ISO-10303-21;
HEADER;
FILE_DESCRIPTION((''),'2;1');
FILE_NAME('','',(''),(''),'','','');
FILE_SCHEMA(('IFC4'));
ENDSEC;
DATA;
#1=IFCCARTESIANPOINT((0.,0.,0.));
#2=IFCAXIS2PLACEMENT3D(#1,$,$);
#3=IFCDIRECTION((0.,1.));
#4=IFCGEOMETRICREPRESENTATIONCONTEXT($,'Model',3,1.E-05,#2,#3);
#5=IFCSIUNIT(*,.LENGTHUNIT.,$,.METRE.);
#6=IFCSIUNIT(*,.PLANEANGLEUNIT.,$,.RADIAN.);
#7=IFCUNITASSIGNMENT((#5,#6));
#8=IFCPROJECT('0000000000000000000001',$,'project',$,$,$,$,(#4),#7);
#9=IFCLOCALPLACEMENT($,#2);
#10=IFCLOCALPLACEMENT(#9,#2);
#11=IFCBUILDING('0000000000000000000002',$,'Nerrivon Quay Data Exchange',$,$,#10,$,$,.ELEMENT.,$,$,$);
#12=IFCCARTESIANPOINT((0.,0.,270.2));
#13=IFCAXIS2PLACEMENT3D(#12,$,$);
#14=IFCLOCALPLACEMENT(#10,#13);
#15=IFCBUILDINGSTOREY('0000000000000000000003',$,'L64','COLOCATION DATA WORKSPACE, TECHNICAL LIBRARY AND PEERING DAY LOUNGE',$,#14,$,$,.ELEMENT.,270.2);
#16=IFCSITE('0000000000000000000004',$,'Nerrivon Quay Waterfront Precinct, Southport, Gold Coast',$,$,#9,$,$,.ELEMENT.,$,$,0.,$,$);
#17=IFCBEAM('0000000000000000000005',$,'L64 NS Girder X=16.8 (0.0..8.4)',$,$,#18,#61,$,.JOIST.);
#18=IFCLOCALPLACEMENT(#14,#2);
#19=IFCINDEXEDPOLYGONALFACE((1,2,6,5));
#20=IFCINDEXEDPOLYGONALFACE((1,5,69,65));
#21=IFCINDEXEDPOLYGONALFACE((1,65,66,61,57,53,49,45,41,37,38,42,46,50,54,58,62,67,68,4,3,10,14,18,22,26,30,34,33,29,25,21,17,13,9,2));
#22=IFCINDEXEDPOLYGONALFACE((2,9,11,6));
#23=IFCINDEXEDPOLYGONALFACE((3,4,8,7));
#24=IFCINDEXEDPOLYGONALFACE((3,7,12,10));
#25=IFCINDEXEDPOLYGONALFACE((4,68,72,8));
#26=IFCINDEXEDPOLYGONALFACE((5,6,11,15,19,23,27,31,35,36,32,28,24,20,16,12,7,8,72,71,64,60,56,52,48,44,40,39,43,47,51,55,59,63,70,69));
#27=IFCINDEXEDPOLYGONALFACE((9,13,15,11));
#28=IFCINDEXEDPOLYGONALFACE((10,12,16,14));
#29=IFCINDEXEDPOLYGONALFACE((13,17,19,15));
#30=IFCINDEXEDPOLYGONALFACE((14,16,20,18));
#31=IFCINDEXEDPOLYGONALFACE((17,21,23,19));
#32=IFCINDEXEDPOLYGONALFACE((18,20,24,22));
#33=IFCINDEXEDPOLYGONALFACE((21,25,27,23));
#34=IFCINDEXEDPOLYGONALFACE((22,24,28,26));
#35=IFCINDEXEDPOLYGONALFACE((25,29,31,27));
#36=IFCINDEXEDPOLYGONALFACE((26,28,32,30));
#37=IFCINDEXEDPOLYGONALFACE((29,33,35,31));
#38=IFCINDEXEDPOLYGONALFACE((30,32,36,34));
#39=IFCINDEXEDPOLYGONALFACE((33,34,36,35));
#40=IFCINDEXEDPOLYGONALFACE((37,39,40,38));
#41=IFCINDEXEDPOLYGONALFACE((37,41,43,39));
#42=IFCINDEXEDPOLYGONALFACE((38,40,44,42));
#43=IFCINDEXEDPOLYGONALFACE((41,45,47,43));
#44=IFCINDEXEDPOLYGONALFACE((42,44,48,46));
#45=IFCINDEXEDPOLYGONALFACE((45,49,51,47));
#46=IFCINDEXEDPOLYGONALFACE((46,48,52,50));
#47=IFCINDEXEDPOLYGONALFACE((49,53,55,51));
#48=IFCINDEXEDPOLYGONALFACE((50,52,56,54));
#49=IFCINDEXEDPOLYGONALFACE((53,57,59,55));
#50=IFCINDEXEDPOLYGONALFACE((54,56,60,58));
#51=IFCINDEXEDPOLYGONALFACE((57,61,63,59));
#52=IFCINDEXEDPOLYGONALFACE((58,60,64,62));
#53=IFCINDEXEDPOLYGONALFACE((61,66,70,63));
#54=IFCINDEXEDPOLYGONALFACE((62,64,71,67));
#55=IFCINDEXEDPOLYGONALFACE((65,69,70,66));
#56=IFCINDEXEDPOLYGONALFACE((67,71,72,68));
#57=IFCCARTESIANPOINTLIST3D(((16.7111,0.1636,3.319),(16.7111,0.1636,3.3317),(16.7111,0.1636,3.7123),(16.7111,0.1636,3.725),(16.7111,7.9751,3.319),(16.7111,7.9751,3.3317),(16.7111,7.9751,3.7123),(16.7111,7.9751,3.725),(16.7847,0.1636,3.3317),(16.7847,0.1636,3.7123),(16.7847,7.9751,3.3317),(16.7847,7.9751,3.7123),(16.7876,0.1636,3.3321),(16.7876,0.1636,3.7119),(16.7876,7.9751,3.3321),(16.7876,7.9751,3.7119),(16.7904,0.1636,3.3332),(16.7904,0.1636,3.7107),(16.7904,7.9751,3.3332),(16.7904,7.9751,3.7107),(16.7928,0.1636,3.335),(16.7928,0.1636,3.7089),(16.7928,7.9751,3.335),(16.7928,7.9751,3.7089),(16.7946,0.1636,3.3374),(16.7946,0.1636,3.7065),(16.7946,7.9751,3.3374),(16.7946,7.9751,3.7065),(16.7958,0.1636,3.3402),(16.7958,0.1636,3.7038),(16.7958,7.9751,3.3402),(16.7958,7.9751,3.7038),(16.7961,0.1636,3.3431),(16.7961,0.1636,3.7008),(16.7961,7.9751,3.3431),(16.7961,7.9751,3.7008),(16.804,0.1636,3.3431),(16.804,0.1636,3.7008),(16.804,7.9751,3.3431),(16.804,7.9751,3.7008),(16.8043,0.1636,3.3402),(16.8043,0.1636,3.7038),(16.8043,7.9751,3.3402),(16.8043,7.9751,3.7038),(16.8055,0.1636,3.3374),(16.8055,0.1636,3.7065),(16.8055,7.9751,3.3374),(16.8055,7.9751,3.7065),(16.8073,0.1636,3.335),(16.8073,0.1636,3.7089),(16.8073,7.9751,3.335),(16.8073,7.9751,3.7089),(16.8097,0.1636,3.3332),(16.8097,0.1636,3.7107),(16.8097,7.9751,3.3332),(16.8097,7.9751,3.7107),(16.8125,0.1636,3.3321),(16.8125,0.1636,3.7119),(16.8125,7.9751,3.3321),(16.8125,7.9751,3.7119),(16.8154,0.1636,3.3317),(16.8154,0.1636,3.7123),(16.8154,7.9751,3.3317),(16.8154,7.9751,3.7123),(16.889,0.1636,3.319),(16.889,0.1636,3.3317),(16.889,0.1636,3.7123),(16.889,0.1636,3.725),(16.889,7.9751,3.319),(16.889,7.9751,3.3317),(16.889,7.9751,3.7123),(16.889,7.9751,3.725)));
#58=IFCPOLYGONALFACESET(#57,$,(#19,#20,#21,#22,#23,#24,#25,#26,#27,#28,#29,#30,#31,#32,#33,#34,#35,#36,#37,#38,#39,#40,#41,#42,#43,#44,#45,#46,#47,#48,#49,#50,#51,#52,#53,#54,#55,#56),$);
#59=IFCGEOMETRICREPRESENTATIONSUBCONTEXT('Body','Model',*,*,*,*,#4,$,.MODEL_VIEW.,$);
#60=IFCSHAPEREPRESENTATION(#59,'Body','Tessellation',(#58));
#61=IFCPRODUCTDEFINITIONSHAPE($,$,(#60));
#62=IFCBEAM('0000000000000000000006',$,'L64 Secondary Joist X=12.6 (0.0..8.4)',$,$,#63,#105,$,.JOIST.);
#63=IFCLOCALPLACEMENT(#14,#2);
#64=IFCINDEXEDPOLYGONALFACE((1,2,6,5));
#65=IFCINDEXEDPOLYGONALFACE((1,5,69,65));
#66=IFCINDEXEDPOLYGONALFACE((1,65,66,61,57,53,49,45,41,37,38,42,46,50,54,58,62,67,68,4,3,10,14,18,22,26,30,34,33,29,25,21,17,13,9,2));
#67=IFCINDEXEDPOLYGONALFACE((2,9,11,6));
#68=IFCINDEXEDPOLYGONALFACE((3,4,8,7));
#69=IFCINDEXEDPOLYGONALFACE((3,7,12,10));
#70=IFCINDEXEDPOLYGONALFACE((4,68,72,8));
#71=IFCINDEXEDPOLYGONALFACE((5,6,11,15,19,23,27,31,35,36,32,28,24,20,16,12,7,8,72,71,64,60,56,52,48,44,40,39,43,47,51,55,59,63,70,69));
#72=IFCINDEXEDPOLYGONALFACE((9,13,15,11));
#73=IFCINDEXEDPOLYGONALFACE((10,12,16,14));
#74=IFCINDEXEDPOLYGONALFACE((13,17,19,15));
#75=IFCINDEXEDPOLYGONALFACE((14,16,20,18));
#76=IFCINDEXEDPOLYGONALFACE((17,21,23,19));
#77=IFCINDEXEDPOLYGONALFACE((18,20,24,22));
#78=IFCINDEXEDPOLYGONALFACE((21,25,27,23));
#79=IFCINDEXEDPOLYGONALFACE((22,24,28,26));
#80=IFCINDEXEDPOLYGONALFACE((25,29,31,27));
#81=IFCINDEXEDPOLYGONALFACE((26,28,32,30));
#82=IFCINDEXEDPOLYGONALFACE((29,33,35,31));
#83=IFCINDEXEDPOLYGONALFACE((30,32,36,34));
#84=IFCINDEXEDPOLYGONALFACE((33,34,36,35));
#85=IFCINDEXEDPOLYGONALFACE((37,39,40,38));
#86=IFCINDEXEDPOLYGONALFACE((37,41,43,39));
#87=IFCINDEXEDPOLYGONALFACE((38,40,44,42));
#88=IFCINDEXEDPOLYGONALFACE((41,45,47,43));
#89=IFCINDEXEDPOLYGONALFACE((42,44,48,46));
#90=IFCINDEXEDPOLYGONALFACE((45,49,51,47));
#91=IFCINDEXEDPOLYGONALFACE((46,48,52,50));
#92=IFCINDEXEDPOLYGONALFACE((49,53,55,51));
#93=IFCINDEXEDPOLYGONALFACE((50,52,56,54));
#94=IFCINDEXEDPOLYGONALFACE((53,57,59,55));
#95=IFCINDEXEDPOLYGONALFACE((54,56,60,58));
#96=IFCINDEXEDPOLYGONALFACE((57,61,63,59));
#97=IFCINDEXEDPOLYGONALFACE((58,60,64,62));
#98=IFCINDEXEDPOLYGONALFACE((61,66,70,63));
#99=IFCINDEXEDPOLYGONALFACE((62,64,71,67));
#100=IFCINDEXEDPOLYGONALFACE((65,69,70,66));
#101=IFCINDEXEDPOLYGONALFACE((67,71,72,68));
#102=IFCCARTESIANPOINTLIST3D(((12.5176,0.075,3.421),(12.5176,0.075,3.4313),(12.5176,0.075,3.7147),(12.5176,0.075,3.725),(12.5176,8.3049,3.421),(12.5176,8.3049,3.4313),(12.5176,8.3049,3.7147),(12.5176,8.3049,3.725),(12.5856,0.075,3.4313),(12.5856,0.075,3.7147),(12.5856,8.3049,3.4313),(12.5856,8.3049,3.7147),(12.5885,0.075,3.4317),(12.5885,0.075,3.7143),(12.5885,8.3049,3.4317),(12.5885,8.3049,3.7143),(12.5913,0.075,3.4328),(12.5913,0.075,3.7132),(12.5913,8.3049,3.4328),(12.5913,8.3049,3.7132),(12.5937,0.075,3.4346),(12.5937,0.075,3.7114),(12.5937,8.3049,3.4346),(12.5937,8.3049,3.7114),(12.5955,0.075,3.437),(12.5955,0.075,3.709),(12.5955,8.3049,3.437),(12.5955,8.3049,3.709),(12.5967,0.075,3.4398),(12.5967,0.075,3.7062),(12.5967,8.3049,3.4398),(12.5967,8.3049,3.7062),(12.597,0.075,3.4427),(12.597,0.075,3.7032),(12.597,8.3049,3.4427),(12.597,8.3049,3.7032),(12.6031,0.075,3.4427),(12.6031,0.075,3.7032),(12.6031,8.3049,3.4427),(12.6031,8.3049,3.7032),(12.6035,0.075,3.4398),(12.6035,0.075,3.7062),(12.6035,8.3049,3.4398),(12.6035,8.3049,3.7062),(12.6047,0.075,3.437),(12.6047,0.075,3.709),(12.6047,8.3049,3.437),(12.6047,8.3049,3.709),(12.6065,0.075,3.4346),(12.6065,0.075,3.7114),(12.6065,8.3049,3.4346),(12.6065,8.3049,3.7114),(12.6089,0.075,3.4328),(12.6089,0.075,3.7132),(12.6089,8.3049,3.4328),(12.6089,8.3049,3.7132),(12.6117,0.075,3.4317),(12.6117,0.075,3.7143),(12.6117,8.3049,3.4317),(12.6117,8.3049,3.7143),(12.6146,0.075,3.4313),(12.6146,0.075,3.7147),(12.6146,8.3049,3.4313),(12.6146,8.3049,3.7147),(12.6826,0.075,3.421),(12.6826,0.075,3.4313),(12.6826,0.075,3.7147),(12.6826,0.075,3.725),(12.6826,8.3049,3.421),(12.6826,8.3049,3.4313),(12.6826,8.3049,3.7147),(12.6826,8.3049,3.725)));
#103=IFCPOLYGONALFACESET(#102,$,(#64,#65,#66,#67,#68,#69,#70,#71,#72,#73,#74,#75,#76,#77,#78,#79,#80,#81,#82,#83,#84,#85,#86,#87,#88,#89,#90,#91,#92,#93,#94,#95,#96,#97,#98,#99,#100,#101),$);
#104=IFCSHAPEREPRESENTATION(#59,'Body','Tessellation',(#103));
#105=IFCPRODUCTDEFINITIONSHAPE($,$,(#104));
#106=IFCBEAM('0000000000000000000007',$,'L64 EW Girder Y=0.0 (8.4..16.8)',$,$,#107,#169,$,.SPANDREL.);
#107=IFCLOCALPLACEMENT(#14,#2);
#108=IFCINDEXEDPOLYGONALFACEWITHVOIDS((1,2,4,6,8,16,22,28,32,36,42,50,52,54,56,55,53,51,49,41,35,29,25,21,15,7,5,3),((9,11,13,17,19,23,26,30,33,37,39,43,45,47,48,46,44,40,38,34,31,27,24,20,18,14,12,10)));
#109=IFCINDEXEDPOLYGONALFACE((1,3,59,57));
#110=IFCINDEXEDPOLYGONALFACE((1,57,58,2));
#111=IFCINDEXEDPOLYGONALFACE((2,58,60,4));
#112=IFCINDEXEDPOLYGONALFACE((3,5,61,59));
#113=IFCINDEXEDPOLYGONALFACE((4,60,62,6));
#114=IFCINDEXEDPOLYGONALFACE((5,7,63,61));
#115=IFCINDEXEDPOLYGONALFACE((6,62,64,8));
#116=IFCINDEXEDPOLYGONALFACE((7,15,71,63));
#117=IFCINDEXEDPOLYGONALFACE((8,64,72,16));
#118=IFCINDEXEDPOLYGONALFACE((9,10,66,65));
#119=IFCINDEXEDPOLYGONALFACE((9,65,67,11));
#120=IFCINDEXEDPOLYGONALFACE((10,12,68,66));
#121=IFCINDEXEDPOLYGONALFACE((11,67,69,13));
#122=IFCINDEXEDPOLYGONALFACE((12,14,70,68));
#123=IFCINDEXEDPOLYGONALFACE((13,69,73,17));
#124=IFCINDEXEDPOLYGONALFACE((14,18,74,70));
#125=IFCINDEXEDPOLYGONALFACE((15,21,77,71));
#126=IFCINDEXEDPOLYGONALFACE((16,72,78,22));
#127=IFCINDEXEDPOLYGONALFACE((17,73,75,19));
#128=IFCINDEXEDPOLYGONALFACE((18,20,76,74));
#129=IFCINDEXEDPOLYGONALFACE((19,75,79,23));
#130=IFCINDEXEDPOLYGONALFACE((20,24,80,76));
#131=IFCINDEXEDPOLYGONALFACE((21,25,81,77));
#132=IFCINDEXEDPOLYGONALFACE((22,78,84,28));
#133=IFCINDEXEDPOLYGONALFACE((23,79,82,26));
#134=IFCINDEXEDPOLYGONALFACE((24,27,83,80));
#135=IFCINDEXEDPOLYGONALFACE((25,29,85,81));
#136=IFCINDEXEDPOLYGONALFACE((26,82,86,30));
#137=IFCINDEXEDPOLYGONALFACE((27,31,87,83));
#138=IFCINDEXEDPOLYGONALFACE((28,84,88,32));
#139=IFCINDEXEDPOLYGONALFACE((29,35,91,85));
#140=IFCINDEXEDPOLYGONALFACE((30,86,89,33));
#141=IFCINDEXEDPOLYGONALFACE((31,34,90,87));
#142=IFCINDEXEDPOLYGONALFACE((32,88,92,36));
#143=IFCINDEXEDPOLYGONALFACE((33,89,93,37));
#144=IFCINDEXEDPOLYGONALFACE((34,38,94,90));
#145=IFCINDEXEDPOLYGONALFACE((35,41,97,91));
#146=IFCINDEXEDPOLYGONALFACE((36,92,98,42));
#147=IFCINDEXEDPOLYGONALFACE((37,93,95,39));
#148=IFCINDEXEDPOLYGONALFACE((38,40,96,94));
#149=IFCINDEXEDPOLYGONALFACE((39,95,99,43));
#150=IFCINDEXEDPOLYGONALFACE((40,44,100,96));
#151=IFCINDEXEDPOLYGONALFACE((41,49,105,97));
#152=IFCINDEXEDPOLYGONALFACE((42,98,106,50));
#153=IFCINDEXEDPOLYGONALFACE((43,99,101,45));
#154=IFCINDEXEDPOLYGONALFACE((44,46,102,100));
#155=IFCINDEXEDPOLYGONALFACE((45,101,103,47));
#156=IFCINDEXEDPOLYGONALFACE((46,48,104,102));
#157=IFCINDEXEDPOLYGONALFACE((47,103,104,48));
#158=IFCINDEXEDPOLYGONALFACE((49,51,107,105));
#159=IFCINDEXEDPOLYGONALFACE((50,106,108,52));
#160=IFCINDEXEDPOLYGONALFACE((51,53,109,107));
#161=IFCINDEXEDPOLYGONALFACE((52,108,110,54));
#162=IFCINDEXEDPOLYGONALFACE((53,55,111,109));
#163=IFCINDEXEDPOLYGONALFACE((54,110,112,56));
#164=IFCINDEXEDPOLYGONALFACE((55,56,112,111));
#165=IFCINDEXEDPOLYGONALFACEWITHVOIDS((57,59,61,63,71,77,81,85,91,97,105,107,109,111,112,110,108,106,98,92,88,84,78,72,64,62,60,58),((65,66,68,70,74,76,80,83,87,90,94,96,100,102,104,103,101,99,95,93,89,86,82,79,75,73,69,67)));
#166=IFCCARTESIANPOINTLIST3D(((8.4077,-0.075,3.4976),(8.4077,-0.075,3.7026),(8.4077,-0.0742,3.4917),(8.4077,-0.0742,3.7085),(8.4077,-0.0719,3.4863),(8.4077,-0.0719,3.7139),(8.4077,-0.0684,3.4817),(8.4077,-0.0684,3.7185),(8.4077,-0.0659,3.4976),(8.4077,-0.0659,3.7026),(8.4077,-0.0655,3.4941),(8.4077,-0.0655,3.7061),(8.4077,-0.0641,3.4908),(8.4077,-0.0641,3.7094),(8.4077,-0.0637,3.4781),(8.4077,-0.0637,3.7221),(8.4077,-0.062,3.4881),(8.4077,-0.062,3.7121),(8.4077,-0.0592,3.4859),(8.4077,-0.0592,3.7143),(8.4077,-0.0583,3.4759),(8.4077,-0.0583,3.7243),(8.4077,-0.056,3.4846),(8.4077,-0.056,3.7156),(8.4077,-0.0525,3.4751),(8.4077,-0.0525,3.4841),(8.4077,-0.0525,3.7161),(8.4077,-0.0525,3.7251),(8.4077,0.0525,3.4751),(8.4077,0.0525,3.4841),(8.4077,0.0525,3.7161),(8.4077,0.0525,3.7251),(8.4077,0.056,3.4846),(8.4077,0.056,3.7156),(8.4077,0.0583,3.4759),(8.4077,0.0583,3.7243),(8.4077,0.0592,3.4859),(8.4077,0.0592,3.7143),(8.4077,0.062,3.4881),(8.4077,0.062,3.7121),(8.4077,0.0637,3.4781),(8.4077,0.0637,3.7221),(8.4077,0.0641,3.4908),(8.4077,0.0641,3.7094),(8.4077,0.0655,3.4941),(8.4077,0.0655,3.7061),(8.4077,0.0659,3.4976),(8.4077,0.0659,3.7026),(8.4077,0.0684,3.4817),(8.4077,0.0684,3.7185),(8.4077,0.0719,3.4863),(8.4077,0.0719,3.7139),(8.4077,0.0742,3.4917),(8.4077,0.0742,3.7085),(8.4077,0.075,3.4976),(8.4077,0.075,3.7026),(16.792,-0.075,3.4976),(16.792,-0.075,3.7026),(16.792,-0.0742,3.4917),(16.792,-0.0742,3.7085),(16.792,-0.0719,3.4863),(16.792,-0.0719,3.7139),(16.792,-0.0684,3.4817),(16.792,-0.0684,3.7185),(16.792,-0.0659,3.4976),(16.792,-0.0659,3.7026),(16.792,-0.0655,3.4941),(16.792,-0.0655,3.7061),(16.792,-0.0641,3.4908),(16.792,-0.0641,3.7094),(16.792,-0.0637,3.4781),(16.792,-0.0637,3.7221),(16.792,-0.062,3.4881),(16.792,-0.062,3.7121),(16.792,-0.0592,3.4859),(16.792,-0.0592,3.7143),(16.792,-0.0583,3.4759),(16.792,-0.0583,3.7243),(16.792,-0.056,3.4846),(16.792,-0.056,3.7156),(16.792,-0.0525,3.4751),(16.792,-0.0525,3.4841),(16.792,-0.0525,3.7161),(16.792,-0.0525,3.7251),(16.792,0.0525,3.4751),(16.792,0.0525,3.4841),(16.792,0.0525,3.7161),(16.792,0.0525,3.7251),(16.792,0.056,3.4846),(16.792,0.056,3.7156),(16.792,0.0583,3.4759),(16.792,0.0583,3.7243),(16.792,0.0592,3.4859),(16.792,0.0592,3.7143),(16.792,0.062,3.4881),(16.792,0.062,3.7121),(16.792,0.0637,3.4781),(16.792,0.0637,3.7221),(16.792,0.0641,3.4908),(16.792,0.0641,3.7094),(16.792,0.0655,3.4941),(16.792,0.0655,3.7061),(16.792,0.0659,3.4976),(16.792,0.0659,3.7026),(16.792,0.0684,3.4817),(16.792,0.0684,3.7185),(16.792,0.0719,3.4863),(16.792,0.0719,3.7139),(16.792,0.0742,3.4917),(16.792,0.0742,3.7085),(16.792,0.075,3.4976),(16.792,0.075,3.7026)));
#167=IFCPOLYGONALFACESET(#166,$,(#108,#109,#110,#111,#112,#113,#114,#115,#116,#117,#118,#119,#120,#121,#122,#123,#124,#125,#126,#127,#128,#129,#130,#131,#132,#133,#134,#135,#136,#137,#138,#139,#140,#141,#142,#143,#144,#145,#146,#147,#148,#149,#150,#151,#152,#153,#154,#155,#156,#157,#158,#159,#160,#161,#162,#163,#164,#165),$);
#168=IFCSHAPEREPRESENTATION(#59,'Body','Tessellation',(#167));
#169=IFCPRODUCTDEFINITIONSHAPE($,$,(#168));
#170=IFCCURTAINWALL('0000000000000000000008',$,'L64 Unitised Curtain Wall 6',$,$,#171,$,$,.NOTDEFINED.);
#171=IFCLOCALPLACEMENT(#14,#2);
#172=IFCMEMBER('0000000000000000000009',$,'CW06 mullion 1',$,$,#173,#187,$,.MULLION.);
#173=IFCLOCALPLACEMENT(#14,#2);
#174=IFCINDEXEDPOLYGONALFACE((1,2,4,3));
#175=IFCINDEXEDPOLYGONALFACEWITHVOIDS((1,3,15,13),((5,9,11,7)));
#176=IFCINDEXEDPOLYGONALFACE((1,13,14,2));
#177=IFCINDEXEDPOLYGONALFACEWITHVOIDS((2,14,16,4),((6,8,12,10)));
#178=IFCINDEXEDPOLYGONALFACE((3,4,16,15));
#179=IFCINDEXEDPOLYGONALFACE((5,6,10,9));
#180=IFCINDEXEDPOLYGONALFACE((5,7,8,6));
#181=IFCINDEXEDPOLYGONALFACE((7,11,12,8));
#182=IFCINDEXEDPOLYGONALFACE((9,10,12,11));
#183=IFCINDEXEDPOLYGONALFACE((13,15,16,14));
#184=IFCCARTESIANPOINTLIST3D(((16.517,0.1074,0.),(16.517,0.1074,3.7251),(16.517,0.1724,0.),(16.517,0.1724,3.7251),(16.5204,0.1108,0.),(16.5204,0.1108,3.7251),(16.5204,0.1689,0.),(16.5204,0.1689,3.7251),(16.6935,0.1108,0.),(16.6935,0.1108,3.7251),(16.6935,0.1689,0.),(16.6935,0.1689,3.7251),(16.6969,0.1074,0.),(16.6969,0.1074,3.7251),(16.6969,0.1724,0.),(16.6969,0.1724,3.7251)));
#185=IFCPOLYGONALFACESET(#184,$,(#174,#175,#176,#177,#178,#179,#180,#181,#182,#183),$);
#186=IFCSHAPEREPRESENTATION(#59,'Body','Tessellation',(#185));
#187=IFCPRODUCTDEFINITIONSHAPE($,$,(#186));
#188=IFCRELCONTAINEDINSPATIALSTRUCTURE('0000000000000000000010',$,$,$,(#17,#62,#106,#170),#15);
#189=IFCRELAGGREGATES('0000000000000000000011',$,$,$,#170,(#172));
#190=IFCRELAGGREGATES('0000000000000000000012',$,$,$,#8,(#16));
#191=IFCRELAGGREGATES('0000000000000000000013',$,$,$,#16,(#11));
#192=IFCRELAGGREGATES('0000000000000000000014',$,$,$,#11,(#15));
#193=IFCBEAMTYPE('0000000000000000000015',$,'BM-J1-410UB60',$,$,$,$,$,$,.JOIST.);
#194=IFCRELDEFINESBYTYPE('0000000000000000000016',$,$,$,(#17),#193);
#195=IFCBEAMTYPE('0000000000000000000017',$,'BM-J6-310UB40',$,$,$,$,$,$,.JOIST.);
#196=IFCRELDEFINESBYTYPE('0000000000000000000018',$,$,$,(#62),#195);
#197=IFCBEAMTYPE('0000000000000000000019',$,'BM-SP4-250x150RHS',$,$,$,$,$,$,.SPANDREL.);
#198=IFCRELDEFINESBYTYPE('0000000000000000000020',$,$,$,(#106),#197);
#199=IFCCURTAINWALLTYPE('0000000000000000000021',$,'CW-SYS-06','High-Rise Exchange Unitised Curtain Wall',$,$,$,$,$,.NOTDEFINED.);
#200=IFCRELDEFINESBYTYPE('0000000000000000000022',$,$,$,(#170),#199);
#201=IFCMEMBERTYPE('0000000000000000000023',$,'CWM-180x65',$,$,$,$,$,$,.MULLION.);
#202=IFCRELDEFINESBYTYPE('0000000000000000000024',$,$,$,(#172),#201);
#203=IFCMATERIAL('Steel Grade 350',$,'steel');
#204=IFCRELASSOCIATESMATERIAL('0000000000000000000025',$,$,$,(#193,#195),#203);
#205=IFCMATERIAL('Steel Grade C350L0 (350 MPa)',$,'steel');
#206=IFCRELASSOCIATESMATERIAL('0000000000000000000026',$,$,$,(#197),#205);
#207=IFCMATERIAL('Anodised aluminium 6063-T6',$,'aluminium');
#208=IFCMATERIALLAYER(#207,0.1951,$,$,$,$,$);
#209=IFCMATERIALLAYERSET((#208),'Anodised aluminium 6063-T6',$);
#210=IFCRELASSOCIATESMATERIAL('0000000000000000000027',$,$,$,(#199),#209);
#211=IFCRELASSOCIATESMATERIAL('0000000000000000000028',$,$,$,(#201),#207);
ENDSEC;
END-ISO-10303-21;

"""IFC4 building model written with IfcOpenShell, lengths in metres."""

from ifc_helpers import new_model, si_unit, direction, frame, origin, origin_2d, place, context, subcontext, project, spatial, hollow_rectangle, i_section, extrude, material, layer, layer_set, material_profile, profile_set, type_object, element, aggregate, save


model = new_model("IFC4")

# Units and contexts
model_context = context("Model", 3, precision=1e-05, world=origin(), true_north=direction((0.0, 1.0)))
body_context = subcontext(model_context, "Body", "Model", "MODEL_VIEW")
ifc_project = project(units=[si_unit("LENGTHUNIT", "METRE"), si_unit("PLANEANGLEUNIT", "RADIAN")], contexts=[model_context])

# Site, building, storey
site_placement = place(None, origin())
site = spatial("IfcSite", under=ifc_project, at=site_placement, Name="Nerrivon Quay Waterfront Precinct, Southport, Gold Coast", CompositionType="ELEMENT", RefElevation=0.0)
building_placement = place(site_placement, origin())
building = spatial("IfcBuilding", under=site, at=building_placement, Name="Nerrivon Quay Data Exchange", CompositionType="ELEMENT")
storey_placement = place(building_placement, frame((0.0, 0.0, 270.2)))
storey = spatial("IfcBuildingStorey", under=building, at=storey_placement, Name="L64", Description="COLOCATION DATA WORKSPACE, TECHNICAL LIBRARY AND PEERING DAY LOUNGE", CompositionType="ELEMENT", Elevation=270.2)

# Shared definitions
ifc_material_1 = material(Name="Steel Grade 350", Category="steel")

# Beams
ifc_material_profile_1 = material_profile(ifc_material_1, i_section(OverallWidth=0.178, OverallDepth=0.406, WebThickness=0.0078, FlangeThickness=0.0127, FilletRadius=0.0115, at=origin_2d()), Name="410UB59.7")
ifc_profile_set_1 = profile_set([ifc_material_profile_1], Name="Steel Grade 350")
beam_type_1 = type_object("IfcBeamType", Name="BM-J1-410UB60", PredefinedType="JOIST", material=ifc_profile_set_1)
beam_1_placement = place(storey_placement, frame((16.8, 0.1636, 3.522), z_axis=(0.0, 1.0, 0.0), x_axis=(-1.0, 0.0, 0.0)))
element("IfcBeam", 1, at=beam_1_placement, inside=storey, type_object=beam_type_1, Name="L64 NS Girder X=16.8 (0.0..8.4)", PredefinedType="JOIST", context=body_context, shape_type="SweptSolid", body=[
    extrude(i_section(OverallWidth=0.178, OverallDepth=0.406, WebThickness=0.0078, FlangeThickness=0.0127, FilletRadius=0.0115, at=origin_2d()), origin(), (0.0, 0.0, 1.0), 7.8115),
])
ifc_material_profile_2 = material_profile(ifc_material_1, i_section(OverallWidth=0.165, OverallDepth=0.304, WebThickness=0.0061, FlangeThickness=0.0103, FilletRadius=0.0115, at=origin_2d()), Name="310UB40.4")
ifc_profile_set_2 = profile_set([ifc_material_profile_2], Name="Steel Grade 350")
beam_type_2 = type_object("IfcBeamType", Name="BM-J6-310UB40", PredefinedType="JOIST", material=ifc_profile_set_2)
beam_2_placement = place(storey_placement, frame((12.6001, 0.075, 3.573), z_axis=(0.0, 1.0, 0.0), x_axis=(-1.0, 0.0, 0.0)))
element("IfcBeam", 2, at=beam_2_placement, inside=storey, type_object=beam_type_2, Name="L64 Secondary Joist X=12.6 (0.0..8.4)", PredefinedType="JOIST", context=body_context, shape_type="SweptSolid", body=[
    extrude(i_section(OverallWidth=0.165, OverallDepth=0.304, WebThickness=0.0061, FlangeThickness=0.0103, FilletRadius=0.0115, at=origin_2d()), origin(), (0.0, 0.0, 1.0), 8.23),
])
ifc_material_2 = material(Name="Steel Grade C350L0 (350 MPa)", Category="steel")
ifc_material_profile_3 = material_profile(ifc_material_2, hollow_rectangle(XDim=0.1499, YDim=0.25, WallThickness=0.009, InnerFilletRadius=0.0134, OuterFilletRadius=0.0225, at=origin_2d()), Name="250x150x9.0RHS")
ifc_profile_set_3 = profile_set([ifc_material_profile_3], Name="Steel Grade C350L0 (350 MPa)")
beam_type_3 = type_object("IfcBeamType", Name="BM-SP4-250x150RHS", PredefinedType="SPANDREL", material=ifc_profile_set_3)
beam_3_placement = place(storey_placement, frame((8.4077, 0.0, 3.6001), z_axis=(1.0, 0.0, 0.0), x_axis=(0.0, 1.0, 0.0)))
element("IfcBeam", 3, at=beam_3_placement, inside=storey, type_object=beam_type_3, Name="L64 EW Girder Y=0.0 (8.4..16.8)", PredefinedType="SPANDREL", context=body_context, shape_type="SweptSolid", body=[
    extrude(hollow_rectangle(XDim=0.1499, YDim=0.25, WallThickness=0.009, InnerFilletRadius=0.0134, OuterFilletRadius=0.0225, at=origin_2d()), origin(), (0.0, 0.0, 1.0), 8.3843),
])

# Curtain wall, member
ifc_material_3 = material(Name="Anodised aluminium 6063-T6", Category="aluminium")
ifc_layer_1 = layer(ifc_material_3, 0.1951)
ifc_layer_set_1 = layer_set([ifc_layer_1], Name="Anodised aluminium 6063-T6")
curtain_wall_type = type_object("IfcCurtainWallType", Name="CW-SYS-06", Description="High-Rise Exchange Unitised Curtain Wall", PredefinedType="NOTDEFINED", material=ifc_layer_set_1)
curtain_wall_1_placement = place(storey_placement, origin())
curtain_wall_1 = element("IfcCurtainWall", 4, at=curtain_wall_1_placement, inside=storey, type_object=curtain_wall_type, Name="L64 Unitised Curtain Wall 6", PredefinedType="NOTDEFINED")
ifc_material_profile_4 = material_profile(ifc_material_3, hollow_rectangle(XDim=0.0649, YDim=0.1799, WallThickness=0.0034, at=origin_2d()), Name="ALU-MULL-180x65")
ifc_profile_set_4 = profile_set([ifc_material_profile_4], Name="Anodised aluminium 6063-T6")
member_type_1 = type_object("IfcMemberType", Name="CWM-180x65", PredefinedType="MULLION", material=ifc_profile_set_4)
member_1_placement = place(storey_placement, frame((16.6069, 0.1399, 0.0), z_axis=(0.0, 0.0, 1.0), x_axis=(0.0, -1.0, 0.0)))
member_1 = element("IfcMember", 5, at=member_1_placement, type_object=member_type_1, Name="CW06 mullion 1", PredefinedType="MULLION", context=body_context, shape_type="SweptSolid", body=[
    extrude(hollow_rectangle(XDim=0.0649, YDim=0.1799, WallThickness=0.0034, at=origin_2d()), origin(), (0.0, 0.0, 1.0), 3.7251),
])

aggregate(curtain_wall_1, [member_1])

save(model, "model.ifc")
